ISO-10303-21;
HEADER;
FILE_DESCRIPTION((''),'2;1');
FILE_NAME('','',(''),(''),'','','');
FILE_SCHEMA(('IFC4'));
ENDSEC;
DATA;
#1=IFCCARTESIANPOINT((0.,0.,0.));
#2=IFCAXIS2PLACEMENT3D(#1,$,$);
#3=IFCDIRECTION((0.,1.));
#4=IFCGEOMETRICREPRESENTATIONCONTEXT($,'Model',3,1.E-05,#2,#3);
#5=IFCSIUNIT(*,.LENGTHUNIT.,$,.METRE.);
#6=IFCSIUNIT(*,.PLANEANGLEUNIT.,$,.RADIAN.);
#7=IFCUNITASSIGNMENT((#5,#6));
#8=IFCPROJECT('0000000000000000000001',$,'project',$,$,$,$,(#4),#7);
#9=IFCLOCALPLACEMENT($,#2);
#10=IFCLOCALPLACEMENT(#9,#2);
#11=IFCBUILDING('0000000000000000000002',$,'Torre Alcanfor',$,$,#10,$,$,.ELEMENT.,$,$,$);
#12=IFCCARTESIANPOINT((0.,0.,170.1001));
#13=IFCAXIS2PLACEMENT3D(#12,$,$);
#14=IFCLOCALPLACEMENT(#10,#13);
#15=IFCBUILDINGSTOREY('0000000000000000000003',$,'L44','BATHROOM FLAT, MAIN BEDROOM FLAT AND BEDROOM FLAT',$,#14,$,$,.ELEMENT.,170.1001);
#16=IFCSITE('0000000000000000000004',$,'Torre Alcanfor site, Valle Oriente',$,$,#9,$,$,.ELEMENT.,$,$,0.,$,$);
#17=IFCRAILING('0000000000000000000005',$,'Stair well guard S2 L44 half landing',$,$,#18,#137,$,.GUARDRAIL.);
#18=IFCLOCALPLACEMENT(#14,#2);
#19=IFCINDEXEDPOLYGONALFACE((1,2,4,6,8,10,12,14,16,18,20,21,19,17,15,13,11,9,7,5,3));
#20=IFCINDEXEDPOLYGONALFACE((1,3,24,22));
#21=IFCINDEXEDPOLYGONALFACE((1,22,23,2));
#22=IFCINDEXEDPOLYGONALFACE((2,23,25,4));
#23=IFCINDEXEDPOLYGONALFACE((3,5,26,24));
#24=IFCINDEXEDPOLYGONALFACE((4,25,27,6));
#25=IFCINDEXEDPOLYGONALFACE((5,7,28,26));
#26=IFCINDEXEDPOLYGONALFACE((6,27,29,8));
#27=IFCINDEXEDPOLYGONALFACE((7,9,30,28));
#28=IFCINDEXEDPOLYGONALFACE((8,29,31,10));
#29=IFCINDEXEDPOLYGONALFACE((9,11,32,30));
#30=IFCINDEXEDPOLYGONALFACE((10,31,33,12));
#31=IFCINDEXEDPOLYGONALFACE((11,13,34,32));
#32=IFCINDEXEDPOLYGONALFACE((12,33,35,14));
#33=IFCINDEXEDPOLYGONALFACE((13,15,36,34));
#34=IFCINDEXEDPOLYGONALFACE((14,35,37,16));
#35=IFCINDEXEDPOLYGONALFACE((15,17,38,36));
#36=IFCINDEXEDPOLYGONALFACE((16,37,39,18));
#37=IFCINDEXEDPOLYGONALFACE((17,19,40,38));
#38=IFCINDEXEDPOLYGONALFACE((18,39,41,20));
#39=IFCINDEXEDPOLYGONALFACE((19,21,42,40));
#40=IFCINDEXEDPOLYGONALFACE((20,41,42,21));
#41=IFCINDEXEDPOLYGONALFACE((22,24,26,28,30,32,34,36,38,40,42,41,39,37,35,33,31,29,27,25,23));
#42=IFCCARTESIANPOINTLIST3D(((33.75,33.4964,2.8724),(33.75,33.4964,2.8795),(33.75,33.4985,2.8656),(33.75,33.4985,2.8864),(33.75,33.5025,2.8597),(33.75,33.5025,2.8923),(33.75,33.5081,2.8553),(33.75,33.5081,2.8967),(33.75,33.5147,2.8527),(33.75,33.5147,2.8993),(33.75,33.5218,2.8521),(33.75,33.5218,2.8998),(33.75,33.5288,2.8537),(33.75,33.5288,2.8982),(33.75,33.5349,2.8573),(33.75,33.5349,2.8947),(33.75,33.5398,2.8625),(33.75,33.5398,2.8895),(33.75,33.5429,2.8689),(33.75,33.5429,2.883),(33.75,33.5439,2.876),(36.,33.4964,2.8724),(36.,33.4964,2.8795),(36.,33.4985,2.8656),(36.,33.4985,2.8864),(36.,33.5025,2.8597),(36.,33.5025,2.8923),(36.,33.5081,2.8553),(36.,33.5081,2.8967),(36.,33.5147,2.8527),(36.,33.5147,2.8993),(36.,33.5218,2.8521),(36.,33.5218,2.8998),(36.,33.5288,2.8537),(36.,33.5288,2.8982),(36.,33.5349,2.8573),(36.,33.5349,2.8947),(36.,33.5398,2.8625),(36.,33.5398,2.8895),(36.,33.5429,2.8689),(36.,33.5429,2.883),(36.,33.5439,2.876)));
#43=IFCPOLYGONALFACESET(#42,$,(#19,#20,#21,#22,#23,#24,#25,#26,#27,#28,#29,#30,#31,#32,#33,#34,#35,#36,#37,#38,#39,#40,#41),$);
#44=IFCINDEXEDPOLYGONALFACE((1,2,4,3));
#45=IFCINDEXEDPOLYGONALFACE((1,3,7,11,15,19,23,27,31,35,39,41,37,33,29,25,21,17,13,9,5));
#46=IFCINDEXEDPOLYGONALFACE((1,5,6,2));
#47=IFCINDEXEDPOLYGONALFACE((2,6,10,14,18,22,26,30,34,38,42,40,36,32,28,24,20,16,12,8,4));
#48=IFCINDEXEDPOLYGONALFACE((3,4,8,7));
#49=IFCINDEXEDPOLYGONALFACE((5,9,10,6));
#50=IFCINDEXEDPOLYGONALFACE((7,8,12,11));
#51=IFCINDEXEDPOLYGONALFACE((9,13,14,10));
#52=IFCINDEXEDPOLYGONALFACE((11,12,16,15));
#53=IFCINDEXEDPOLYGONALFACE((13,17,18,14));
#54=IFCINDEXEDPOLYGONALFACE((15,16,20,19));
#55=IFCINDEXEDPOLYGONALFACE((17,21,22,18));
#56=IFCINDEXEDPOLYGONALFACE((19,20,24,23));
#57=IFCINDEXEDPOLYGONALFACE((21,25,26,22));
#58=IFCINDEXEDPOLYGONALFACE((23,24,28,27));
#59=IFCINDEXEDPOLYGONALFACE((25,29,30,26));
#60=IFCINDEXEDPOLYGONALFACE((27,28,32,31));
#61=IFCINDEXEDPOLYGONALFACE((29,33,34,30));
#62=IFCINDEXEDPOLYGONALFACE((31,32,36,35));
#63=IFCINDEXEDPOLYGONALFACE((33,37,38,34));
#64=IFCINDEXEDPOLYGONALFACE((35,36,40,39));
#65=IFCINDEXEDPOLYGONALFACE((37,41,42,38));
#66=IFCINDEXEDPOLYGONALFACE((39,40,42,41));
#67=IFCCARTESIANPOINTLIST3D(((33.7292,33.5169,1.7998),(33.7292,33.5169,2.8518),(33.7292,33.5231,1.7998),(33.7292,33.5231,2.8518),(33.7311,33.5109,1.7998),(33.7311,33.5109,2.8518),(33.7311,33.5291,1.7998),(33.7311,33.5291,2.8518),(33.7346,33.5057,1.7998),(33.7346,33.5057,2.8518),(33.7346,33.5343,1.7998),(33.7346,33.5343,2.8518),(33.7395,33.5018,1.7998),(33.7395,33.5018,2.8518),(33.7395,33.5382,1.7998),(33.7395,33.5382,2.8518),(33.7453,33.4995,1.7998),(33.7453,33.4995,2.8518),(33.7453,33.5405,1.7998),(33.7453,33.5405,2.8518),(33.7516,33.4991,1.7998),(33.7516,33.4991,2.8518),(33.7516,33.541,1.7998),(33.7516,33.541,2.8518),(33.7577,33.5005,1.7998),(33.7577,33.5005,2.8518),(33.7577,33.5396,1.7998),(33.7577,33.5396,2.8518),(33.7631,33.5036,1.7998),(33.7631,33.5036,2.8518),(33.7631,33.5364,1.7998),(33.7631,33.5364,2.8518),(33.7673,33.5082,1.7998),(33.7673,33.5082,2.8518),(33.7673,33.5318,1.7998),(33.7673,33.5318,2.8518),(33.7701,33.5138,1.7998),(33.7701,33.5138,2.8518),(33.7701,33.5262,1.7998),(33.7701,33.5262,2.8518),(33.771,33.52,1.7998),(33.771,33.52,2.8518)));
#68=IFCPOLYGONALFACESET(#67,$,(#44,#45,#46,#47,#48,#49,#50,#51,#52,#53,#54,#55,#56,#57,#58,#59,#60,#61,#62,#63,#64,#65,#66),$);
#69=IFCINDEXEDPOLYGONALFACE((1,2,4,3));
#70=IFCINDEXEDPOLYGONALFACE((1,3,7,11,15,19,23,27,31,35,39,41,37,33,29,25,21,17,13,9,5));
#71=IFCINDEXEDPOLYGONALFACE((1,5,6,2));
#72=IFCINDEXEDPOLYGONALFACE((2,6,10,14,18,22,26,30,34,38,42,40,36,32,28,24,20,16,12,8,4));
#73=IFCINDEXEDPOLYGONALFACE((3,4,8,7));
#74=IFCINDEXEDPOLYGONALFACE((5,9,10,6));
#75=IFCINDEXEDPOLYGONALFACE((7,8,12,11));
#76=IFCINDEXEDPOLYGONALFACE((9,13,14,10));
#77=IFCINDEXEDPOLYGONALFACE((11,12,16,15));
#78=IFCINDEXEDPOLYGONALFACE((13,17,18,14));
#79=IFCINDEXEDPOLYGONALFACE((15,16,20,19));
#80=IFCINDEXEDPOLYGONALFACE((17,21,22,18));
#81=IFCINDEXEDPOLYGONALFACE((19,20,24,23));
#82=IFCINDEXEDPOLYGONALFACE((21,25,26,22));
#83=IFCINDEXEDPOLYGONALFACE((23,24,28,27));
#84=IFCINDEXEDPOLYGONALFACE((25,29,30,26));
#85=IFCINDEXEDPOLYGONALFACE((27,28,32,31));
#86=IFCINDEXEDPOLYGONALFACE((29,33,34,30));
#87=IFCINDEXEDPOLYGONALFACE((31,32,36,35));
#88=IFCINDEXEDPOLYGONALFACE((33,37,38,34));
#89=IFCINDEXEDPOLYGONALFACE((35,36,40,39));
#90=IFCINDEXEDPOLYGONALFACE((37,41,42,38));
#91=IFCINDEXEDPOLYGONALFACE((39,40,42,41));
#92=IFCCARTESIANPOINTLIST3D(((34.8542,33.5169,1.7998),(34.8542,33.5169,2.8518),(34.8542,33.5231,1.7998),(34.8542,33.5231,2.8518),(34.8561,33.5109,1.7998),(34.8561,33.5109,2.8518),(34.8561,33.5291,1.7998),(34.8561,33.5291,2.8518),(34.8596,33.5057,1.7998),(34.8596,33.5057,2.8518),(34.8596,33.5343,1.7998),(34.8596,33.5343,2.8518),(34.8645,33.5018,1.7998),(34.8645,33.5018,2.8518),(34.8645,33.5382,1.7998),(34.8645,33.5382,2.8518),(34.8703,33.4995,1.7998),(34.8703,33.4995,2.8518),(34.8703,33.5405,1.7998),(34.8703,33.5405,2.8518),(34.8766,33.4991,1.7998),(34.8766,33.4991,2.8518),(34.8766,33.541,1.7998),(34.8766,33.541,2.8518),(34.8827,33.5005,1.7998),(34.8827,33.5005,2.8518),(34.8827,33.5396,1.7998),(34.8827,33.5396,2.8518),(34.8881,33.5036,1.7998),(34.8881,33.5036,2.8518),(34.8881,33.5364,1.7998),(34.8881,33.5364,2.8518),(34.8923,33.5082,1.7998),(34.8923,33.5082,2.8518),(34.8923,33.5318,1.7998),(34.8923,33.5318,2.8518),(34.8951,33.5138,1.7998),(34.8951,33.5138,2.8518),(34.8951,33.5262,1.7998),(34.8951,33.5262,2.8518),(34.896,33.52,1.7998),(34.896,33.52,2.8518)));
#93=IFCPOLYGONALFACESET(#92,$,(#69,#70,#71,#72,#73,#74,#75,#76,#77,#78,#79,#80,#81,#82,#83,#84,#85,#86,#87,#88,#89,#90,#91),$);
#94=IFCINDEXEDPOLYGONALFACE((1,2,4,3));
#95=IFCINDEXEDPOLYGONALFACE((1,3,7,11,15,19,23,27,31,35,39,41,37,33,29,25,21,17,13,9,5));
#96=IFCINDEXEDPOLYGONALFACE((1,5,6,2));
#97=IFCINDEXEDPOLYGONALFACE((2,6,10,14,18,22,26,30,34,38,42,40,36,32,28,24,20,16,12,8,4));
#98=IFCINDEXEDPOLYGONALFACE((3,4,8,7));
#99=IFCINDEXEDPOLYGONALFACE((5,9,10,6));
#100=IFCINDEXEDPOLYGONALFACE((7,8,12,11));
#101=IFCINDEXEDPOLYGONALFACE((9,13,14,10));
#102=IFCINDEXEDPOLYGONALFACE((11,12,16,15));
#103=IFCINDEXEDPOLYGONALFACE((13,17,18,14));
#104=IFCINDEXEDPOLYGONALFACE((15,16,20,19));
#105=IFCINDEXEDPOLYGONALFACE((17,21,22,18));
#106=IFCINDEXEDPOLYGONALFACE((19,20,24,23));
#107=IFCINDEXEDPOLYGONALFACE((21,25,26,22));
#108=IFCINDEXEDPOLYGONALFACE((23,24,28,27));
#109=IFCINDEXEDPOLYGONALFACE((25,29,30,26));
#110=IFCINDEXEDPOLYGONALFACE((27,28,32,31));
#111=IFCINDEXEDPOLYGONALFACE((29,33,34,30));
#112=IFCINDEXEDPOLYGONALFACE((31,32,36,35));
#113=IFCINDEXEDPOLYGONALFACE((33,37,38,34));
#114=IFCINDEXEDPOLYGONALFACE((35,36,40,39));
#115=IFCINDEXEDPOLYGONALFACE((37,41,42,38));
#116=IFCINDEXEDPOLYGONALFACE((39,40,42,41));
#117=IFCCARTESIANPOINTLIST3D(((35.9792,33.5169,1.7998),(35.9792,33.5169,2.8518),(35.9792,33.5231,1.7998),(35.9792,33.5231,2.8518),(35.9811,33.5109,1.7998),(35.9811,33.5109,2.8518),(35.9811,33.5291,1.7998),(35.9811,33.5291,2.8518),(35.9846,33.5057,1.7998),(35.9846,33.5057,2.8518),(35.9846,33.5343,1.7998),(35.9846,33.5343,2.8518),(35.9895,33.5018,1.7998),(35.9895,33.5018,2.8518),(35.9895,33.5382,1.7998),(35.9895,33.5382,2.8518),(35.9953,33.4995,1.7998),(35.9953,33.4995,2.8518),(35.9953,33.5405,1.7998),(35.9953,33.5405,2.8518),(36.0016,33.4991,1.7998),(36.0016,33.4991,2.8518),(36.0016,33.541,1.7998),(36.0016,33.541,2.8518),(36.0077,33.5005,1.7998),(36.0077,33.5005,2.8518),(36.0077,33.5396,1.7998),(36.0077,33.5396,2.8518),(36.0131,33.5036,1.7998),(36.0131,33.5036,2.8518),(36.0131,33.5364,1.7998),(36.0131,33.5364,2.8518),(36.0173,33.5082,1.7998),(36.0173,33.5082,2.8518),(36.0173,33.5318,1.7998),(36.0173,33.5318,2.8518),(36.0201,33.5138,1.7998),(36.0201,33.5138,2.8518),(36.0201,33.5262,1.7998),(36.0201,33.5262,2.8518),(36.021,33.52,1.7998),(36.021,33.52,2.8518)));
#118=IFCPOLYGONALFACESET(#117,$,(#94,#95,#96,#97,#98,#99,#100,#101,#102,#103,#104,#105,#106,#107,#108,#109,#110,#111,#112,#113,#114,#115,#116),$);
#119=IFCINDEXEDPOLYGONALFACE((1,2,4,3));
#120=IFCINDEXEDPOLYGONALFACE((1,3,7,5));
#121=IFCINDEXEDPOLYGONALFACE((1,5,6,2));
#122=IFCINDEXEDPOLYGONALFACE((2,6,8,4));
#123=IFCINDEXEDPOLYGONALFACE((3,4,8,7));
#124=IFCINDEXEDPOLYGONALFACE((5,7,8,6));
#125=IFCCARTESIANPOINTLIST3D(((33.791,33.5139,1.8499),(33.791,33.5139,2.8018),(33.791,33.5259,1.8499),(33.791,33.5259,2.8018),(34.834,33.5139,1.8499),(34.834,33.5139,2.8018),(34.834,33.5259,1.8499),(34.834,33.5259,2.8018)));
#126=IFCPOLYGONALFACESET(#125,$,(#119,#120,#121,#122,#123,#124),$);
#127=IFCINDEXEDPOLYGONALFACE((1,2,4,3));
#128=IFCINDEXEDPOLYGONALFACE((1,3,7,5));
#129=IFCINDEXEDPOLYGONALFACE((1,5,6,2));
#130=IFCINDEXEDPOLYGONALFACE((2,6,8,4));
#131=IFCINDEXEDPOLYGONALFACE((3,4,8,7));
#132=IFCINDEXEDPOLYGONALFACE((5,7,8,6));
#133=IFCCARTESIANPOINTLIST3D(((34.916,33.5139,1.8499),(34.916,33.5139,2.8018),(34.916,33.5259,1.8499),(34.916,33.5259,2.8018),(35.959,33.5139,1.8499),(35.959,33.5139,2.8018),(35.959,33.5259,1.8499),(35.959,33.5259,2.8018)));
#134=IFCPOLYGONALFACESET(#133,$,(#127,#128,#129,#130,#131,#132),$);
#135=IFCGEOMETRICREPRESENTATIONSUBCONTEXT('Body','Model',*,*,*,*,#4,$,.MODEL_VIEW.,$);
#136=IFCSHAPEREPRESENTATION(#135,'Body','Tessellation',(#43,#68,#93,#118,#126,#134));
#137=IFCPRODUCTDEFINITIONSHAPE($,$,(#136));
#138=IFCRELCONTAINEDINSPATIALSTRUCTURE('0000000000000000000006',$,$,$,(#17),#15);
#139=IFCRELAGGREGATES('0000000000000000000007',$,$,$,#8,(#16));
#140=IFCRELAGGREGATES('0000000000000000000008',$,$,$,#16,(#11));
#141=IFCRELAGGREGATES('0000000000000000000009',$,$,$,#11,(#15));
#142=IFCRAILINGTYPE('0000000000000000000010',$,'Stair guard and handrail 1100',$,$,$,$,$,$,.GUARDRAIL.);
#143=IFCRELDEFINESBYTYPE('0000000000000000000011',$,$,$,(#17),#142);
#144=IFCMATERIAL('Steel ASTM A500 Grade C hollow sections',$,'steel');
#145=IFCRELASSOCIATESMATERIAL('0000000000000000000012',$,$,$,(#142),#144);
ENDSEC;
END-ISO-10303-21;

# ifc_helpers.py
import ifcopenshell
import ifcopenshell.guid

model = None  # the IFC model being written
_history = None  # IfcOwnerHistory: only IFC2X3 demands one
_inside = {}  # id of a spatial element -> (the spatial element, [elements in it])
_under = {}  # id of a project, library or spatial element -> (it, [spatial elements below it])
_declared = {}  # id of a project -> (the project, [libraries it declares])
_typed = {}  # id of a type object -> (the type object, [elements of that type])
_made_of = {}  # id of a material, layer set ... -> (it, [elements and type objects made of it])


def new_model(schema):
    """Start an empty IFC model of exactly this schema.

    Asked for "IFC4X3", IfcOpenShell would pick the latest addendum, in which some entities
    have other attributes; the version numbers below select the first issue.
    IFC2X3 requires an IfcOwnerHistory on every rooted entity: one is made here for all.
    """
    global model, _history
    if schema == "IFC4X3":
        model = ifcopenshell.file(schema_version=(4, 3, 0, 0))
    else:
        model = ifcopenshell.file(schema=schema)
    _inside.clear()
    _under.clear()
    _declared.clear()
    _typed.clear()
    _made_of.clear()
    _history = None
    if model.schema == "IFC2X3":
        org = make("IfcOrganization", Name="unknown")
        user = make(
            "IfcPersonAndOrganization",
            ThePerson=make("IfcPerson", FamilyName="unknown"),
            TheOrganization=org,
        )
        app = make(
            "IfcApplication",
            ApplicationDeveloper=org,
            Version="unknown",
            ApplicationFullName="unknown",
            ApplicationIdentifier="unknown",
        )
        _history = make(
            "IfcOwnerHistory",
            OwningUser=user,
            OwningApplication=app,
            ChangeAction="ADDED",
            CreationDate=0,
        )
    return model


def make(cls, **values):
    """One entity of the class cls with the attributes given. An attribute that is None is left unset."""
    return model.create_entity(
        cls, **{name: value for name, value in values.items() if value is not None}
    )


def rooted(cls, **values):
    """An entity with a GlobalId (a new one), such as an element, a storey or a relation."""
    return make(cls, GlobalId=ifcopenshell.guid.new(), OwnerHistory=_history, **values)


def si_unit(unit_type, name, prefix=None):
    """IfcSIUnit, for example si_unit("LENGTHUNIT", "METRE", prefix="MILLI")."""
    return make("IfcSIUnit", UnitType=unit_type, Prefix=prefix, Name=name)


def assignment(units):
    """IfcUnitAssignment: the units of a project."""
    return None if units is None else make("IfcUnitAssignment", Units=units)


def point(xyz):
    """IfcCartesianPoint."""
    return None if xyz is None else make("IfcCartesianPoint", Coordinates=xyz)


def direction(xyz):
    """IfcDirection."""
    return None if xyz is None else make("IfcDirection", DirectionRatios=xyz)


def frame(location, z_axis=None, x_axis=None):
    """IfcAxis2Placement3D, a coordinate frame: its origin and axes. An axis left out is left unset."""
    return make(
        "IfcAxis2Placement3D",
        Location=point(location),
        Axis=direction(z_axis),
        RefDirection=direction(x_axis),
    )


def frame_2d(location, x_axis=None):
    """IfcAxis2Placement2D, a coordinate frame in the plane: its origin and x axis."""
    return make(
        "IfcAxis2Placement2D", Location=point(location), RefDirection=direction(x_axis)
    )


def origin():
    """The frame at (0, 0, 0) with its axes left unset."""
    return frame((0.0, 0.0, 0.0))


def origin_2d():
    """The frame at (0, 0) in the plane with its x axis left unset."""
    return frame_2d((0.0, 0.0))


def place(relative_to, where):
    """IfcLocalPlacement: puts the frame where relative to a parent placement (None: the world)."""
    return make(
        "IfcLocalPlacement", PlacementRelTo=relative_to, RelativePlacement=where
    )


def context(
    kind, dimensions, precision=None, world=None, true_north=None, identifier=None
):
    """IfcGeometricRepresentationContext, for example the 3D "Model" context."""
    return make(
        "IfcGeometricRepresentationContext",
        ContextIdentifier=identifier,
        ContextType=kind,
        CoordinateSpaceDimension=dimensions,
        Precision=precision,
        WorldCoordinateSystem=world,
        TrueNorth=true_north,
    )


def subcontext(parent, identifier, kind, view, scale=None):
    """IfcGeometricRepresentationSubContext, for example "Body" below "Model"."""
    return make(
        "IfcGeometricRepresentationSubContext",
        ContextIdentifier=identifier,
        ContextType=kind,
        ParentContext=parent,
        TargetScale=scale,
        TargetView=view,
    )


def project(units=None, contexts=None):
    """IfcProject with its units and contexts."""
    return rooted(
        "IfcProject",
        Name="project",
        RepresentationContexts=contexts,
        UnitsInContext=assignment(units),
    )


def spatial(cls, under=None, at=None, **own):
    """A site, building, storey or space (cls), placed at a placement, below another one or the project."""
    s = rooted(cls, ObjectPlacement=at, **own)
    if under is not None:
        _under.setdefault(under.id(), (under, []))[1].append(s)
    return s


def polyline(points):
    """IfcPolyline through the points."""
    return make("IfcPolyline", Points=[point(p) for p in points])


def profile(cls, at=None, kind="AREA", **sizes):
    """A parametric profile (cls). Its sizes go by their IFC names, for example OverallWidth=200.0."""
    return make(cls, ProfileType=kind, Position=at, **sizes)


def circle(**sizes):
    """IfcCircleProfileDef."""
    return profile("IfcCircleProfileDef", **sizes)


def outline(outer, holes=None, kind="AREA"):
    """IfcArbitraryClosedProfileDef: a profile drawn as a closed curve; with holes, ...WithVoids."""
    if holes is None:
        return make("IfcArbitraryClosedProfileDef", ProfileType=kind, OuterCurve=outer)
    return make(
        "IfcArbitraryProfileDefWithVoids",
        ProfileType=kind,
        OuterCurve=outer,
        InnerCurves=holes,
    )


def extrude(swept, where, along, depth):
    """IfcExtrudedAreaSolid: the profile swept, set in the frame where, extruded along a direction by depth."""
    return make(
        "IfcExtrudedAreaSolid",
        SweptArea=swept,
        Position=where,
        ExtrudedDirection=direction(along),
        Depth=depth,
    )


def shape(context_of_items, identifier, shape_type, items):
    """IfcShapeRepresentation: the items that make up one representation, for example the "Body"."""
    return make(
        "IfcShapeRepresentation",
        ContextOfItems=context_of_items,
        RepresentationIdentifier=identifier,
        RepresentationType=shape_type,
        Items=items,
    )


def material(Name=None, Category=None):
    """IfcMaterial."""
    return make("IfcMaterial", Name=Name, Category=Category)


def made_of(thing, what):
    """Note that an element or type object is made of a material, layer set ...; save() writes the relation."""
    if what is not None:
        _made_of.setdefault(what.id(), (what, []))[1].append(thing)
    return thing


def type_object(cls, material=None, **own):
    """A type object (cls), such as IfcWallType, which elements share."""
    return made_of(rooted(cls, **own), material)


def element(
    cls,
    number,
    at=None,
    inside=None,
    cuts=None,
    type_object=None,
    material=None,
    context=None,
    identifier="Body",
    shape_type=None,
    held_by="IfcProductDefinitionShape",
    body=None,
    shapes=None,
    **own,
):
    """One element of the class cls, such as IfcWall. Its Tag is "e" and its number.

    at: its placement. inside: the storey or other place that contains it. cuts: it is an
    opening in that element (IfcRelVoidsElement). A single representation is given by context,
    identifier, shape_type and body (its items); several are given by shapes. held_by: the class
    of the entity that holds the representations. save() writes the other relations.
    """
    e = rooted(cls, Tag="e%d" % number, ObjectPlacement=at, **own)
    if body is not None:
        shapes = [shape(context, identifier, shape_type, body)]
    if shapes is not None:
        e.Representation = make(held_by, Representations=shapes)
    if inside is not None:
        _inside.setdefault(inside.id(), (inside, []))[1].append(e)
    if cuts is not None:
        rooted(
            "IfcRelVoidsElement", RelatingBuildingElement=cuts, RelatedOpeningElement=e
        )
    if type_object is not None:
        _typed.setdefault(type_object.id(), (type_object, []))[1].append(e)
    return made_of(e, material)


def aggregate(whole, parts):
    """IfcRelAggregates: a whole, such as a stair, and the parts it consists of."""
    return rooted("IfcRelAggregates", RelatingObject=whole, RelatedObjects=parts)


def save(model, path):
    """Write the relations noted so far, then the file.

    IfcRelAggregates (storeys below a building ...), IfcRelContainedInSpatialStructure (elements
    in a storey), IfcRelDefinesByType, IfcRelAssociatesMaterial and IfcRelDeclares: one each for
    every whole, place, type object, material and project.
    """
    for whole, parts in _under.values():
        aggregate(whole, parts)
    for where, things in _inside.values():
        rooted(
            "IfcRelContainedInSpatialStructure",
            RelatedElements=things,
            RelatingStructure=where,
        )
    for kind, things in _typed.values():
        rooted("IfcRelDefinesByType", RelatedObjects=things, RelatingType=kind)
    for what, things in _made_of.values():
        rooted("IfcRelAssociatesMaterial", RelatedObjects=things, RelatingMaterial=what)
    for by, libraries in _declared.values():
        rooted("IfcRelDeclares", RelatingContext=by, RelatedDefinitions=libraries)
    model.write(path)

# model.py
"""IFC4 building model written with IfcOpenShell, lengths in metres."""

from ifc_helpers import new_model, si_unit, direction, frame, origin, origin_2d, place, context, subcontext, project, spatial, polyline, circle, outline, extrude, material, type_object, element, save


model = new_model("IFC4")

# Units and contexts
model_context = context("Model", 3, precision=1e-05, world=origin(), true_north=direction((0.0, 1.0)))
body_context = subcontext(model_context, "Body", "Model", "MODEL_VIEW")
ifc_project = project(units=[si_unit("LENGTHUNIT", "METRE"), si_unit("PLANEANGLEUNIT", "RADIAN")], contexts=[model_context])

# Site, building, storey
site_placement = place(None, origin())
site = spatial("IfcSite", under=ifc_project, at=site_placement, Name="Torre Alcanfor site, Valle Oriente", CompositionType="ELEMENT", RefElevation=0.0)
building_placement = place(site_placement, origin())
building = spatial("IfcBuilding", under=site, at=building_placement, Name="Torre Alcanfor", CompositionType="ELEMENT")
storey_placement = place(building_placement, frame((0.0, 0.0, 170.1001)))
storey = spatial("IfcBuildingStorey", under=building, at=storey_placement, Name="L44", Description="BATHROOM FLAT, MAIN BEDROOM FLAT AND BEDROOM FLAT", CompositionType="ELEMENT", Elevation=170.1001)

# Railing
ifc_material_1 = material(Name="Steel ASTM A500 Grade C hollow sections", Category="steel")
railing_type_1 = type_object("IfcRailingType", Name="Stair guard and handrail 1100", PredefinedType="GUARDRAIL", material=ifc_material_1)
for number, where, name in (
    (1, (33.75, 33.52, 1.7998), "Stair well guard S2 L44 half landing"),
):
    element("IfcRailing", number, at=place(storey_placement, frame(where)), inside=storey, type_object=railing_type_1, Name=name, PredefinedType="GUARDRAIL", context=body_context, shape_type="SweptSolid", body=[
        extrude(circle(Radius=0.0239, at=origin_2d()), frame((0.0, 0.0, 1.0762), z_axis=(1.0, 0.0, 0.0), x_axis=(0.0, 1.0, 0.0)), (0.0, 0.0, 1.0), 2.25),
        extrude(circle(Radius=0.021, at=origin_2d()), origin(), (0.0, 0.0, 1.0), 1.052),
        extrude(circle(Radius=0.021, at=origin_2d()), frame((1.125, 0.0, 0.0)), (0.0, 0.0, 1.0), 1.052),
        extrude(circle(Radius=0.021, at=origin_2d()), frame((2.25, 0.0, 0.0)), (0.0, 0.0, 1.0), 1.052),
        extrude(outline(polyline([(0.041, 0.05), (1.084, 0.05), (1.084, 1.002), (0.041, 1.002), (0.041, 0.05)])), frame((0.0, 0.0059, 0.0), z_axis=(0.0, -1.0, 0.0), x_axis=(1.0, 0.0, 0.0)), (0.0, 0.0, 1.0), 0.012),
        extrude(outline(polyline([(1.166, 0.05), (2.209, 0.05), (2.209, 1.002), (1.166, 1.002), (1.166, 0.05)])), frame((0.0, 0.0059, 0.0), z_axis=(0.0, -1.0, 0.0), x_axis=(1.0, 0.0, 0.0)), (0.0, 0.0, 1.0), 0.012),
    ])

save(model, "model.ifc")
